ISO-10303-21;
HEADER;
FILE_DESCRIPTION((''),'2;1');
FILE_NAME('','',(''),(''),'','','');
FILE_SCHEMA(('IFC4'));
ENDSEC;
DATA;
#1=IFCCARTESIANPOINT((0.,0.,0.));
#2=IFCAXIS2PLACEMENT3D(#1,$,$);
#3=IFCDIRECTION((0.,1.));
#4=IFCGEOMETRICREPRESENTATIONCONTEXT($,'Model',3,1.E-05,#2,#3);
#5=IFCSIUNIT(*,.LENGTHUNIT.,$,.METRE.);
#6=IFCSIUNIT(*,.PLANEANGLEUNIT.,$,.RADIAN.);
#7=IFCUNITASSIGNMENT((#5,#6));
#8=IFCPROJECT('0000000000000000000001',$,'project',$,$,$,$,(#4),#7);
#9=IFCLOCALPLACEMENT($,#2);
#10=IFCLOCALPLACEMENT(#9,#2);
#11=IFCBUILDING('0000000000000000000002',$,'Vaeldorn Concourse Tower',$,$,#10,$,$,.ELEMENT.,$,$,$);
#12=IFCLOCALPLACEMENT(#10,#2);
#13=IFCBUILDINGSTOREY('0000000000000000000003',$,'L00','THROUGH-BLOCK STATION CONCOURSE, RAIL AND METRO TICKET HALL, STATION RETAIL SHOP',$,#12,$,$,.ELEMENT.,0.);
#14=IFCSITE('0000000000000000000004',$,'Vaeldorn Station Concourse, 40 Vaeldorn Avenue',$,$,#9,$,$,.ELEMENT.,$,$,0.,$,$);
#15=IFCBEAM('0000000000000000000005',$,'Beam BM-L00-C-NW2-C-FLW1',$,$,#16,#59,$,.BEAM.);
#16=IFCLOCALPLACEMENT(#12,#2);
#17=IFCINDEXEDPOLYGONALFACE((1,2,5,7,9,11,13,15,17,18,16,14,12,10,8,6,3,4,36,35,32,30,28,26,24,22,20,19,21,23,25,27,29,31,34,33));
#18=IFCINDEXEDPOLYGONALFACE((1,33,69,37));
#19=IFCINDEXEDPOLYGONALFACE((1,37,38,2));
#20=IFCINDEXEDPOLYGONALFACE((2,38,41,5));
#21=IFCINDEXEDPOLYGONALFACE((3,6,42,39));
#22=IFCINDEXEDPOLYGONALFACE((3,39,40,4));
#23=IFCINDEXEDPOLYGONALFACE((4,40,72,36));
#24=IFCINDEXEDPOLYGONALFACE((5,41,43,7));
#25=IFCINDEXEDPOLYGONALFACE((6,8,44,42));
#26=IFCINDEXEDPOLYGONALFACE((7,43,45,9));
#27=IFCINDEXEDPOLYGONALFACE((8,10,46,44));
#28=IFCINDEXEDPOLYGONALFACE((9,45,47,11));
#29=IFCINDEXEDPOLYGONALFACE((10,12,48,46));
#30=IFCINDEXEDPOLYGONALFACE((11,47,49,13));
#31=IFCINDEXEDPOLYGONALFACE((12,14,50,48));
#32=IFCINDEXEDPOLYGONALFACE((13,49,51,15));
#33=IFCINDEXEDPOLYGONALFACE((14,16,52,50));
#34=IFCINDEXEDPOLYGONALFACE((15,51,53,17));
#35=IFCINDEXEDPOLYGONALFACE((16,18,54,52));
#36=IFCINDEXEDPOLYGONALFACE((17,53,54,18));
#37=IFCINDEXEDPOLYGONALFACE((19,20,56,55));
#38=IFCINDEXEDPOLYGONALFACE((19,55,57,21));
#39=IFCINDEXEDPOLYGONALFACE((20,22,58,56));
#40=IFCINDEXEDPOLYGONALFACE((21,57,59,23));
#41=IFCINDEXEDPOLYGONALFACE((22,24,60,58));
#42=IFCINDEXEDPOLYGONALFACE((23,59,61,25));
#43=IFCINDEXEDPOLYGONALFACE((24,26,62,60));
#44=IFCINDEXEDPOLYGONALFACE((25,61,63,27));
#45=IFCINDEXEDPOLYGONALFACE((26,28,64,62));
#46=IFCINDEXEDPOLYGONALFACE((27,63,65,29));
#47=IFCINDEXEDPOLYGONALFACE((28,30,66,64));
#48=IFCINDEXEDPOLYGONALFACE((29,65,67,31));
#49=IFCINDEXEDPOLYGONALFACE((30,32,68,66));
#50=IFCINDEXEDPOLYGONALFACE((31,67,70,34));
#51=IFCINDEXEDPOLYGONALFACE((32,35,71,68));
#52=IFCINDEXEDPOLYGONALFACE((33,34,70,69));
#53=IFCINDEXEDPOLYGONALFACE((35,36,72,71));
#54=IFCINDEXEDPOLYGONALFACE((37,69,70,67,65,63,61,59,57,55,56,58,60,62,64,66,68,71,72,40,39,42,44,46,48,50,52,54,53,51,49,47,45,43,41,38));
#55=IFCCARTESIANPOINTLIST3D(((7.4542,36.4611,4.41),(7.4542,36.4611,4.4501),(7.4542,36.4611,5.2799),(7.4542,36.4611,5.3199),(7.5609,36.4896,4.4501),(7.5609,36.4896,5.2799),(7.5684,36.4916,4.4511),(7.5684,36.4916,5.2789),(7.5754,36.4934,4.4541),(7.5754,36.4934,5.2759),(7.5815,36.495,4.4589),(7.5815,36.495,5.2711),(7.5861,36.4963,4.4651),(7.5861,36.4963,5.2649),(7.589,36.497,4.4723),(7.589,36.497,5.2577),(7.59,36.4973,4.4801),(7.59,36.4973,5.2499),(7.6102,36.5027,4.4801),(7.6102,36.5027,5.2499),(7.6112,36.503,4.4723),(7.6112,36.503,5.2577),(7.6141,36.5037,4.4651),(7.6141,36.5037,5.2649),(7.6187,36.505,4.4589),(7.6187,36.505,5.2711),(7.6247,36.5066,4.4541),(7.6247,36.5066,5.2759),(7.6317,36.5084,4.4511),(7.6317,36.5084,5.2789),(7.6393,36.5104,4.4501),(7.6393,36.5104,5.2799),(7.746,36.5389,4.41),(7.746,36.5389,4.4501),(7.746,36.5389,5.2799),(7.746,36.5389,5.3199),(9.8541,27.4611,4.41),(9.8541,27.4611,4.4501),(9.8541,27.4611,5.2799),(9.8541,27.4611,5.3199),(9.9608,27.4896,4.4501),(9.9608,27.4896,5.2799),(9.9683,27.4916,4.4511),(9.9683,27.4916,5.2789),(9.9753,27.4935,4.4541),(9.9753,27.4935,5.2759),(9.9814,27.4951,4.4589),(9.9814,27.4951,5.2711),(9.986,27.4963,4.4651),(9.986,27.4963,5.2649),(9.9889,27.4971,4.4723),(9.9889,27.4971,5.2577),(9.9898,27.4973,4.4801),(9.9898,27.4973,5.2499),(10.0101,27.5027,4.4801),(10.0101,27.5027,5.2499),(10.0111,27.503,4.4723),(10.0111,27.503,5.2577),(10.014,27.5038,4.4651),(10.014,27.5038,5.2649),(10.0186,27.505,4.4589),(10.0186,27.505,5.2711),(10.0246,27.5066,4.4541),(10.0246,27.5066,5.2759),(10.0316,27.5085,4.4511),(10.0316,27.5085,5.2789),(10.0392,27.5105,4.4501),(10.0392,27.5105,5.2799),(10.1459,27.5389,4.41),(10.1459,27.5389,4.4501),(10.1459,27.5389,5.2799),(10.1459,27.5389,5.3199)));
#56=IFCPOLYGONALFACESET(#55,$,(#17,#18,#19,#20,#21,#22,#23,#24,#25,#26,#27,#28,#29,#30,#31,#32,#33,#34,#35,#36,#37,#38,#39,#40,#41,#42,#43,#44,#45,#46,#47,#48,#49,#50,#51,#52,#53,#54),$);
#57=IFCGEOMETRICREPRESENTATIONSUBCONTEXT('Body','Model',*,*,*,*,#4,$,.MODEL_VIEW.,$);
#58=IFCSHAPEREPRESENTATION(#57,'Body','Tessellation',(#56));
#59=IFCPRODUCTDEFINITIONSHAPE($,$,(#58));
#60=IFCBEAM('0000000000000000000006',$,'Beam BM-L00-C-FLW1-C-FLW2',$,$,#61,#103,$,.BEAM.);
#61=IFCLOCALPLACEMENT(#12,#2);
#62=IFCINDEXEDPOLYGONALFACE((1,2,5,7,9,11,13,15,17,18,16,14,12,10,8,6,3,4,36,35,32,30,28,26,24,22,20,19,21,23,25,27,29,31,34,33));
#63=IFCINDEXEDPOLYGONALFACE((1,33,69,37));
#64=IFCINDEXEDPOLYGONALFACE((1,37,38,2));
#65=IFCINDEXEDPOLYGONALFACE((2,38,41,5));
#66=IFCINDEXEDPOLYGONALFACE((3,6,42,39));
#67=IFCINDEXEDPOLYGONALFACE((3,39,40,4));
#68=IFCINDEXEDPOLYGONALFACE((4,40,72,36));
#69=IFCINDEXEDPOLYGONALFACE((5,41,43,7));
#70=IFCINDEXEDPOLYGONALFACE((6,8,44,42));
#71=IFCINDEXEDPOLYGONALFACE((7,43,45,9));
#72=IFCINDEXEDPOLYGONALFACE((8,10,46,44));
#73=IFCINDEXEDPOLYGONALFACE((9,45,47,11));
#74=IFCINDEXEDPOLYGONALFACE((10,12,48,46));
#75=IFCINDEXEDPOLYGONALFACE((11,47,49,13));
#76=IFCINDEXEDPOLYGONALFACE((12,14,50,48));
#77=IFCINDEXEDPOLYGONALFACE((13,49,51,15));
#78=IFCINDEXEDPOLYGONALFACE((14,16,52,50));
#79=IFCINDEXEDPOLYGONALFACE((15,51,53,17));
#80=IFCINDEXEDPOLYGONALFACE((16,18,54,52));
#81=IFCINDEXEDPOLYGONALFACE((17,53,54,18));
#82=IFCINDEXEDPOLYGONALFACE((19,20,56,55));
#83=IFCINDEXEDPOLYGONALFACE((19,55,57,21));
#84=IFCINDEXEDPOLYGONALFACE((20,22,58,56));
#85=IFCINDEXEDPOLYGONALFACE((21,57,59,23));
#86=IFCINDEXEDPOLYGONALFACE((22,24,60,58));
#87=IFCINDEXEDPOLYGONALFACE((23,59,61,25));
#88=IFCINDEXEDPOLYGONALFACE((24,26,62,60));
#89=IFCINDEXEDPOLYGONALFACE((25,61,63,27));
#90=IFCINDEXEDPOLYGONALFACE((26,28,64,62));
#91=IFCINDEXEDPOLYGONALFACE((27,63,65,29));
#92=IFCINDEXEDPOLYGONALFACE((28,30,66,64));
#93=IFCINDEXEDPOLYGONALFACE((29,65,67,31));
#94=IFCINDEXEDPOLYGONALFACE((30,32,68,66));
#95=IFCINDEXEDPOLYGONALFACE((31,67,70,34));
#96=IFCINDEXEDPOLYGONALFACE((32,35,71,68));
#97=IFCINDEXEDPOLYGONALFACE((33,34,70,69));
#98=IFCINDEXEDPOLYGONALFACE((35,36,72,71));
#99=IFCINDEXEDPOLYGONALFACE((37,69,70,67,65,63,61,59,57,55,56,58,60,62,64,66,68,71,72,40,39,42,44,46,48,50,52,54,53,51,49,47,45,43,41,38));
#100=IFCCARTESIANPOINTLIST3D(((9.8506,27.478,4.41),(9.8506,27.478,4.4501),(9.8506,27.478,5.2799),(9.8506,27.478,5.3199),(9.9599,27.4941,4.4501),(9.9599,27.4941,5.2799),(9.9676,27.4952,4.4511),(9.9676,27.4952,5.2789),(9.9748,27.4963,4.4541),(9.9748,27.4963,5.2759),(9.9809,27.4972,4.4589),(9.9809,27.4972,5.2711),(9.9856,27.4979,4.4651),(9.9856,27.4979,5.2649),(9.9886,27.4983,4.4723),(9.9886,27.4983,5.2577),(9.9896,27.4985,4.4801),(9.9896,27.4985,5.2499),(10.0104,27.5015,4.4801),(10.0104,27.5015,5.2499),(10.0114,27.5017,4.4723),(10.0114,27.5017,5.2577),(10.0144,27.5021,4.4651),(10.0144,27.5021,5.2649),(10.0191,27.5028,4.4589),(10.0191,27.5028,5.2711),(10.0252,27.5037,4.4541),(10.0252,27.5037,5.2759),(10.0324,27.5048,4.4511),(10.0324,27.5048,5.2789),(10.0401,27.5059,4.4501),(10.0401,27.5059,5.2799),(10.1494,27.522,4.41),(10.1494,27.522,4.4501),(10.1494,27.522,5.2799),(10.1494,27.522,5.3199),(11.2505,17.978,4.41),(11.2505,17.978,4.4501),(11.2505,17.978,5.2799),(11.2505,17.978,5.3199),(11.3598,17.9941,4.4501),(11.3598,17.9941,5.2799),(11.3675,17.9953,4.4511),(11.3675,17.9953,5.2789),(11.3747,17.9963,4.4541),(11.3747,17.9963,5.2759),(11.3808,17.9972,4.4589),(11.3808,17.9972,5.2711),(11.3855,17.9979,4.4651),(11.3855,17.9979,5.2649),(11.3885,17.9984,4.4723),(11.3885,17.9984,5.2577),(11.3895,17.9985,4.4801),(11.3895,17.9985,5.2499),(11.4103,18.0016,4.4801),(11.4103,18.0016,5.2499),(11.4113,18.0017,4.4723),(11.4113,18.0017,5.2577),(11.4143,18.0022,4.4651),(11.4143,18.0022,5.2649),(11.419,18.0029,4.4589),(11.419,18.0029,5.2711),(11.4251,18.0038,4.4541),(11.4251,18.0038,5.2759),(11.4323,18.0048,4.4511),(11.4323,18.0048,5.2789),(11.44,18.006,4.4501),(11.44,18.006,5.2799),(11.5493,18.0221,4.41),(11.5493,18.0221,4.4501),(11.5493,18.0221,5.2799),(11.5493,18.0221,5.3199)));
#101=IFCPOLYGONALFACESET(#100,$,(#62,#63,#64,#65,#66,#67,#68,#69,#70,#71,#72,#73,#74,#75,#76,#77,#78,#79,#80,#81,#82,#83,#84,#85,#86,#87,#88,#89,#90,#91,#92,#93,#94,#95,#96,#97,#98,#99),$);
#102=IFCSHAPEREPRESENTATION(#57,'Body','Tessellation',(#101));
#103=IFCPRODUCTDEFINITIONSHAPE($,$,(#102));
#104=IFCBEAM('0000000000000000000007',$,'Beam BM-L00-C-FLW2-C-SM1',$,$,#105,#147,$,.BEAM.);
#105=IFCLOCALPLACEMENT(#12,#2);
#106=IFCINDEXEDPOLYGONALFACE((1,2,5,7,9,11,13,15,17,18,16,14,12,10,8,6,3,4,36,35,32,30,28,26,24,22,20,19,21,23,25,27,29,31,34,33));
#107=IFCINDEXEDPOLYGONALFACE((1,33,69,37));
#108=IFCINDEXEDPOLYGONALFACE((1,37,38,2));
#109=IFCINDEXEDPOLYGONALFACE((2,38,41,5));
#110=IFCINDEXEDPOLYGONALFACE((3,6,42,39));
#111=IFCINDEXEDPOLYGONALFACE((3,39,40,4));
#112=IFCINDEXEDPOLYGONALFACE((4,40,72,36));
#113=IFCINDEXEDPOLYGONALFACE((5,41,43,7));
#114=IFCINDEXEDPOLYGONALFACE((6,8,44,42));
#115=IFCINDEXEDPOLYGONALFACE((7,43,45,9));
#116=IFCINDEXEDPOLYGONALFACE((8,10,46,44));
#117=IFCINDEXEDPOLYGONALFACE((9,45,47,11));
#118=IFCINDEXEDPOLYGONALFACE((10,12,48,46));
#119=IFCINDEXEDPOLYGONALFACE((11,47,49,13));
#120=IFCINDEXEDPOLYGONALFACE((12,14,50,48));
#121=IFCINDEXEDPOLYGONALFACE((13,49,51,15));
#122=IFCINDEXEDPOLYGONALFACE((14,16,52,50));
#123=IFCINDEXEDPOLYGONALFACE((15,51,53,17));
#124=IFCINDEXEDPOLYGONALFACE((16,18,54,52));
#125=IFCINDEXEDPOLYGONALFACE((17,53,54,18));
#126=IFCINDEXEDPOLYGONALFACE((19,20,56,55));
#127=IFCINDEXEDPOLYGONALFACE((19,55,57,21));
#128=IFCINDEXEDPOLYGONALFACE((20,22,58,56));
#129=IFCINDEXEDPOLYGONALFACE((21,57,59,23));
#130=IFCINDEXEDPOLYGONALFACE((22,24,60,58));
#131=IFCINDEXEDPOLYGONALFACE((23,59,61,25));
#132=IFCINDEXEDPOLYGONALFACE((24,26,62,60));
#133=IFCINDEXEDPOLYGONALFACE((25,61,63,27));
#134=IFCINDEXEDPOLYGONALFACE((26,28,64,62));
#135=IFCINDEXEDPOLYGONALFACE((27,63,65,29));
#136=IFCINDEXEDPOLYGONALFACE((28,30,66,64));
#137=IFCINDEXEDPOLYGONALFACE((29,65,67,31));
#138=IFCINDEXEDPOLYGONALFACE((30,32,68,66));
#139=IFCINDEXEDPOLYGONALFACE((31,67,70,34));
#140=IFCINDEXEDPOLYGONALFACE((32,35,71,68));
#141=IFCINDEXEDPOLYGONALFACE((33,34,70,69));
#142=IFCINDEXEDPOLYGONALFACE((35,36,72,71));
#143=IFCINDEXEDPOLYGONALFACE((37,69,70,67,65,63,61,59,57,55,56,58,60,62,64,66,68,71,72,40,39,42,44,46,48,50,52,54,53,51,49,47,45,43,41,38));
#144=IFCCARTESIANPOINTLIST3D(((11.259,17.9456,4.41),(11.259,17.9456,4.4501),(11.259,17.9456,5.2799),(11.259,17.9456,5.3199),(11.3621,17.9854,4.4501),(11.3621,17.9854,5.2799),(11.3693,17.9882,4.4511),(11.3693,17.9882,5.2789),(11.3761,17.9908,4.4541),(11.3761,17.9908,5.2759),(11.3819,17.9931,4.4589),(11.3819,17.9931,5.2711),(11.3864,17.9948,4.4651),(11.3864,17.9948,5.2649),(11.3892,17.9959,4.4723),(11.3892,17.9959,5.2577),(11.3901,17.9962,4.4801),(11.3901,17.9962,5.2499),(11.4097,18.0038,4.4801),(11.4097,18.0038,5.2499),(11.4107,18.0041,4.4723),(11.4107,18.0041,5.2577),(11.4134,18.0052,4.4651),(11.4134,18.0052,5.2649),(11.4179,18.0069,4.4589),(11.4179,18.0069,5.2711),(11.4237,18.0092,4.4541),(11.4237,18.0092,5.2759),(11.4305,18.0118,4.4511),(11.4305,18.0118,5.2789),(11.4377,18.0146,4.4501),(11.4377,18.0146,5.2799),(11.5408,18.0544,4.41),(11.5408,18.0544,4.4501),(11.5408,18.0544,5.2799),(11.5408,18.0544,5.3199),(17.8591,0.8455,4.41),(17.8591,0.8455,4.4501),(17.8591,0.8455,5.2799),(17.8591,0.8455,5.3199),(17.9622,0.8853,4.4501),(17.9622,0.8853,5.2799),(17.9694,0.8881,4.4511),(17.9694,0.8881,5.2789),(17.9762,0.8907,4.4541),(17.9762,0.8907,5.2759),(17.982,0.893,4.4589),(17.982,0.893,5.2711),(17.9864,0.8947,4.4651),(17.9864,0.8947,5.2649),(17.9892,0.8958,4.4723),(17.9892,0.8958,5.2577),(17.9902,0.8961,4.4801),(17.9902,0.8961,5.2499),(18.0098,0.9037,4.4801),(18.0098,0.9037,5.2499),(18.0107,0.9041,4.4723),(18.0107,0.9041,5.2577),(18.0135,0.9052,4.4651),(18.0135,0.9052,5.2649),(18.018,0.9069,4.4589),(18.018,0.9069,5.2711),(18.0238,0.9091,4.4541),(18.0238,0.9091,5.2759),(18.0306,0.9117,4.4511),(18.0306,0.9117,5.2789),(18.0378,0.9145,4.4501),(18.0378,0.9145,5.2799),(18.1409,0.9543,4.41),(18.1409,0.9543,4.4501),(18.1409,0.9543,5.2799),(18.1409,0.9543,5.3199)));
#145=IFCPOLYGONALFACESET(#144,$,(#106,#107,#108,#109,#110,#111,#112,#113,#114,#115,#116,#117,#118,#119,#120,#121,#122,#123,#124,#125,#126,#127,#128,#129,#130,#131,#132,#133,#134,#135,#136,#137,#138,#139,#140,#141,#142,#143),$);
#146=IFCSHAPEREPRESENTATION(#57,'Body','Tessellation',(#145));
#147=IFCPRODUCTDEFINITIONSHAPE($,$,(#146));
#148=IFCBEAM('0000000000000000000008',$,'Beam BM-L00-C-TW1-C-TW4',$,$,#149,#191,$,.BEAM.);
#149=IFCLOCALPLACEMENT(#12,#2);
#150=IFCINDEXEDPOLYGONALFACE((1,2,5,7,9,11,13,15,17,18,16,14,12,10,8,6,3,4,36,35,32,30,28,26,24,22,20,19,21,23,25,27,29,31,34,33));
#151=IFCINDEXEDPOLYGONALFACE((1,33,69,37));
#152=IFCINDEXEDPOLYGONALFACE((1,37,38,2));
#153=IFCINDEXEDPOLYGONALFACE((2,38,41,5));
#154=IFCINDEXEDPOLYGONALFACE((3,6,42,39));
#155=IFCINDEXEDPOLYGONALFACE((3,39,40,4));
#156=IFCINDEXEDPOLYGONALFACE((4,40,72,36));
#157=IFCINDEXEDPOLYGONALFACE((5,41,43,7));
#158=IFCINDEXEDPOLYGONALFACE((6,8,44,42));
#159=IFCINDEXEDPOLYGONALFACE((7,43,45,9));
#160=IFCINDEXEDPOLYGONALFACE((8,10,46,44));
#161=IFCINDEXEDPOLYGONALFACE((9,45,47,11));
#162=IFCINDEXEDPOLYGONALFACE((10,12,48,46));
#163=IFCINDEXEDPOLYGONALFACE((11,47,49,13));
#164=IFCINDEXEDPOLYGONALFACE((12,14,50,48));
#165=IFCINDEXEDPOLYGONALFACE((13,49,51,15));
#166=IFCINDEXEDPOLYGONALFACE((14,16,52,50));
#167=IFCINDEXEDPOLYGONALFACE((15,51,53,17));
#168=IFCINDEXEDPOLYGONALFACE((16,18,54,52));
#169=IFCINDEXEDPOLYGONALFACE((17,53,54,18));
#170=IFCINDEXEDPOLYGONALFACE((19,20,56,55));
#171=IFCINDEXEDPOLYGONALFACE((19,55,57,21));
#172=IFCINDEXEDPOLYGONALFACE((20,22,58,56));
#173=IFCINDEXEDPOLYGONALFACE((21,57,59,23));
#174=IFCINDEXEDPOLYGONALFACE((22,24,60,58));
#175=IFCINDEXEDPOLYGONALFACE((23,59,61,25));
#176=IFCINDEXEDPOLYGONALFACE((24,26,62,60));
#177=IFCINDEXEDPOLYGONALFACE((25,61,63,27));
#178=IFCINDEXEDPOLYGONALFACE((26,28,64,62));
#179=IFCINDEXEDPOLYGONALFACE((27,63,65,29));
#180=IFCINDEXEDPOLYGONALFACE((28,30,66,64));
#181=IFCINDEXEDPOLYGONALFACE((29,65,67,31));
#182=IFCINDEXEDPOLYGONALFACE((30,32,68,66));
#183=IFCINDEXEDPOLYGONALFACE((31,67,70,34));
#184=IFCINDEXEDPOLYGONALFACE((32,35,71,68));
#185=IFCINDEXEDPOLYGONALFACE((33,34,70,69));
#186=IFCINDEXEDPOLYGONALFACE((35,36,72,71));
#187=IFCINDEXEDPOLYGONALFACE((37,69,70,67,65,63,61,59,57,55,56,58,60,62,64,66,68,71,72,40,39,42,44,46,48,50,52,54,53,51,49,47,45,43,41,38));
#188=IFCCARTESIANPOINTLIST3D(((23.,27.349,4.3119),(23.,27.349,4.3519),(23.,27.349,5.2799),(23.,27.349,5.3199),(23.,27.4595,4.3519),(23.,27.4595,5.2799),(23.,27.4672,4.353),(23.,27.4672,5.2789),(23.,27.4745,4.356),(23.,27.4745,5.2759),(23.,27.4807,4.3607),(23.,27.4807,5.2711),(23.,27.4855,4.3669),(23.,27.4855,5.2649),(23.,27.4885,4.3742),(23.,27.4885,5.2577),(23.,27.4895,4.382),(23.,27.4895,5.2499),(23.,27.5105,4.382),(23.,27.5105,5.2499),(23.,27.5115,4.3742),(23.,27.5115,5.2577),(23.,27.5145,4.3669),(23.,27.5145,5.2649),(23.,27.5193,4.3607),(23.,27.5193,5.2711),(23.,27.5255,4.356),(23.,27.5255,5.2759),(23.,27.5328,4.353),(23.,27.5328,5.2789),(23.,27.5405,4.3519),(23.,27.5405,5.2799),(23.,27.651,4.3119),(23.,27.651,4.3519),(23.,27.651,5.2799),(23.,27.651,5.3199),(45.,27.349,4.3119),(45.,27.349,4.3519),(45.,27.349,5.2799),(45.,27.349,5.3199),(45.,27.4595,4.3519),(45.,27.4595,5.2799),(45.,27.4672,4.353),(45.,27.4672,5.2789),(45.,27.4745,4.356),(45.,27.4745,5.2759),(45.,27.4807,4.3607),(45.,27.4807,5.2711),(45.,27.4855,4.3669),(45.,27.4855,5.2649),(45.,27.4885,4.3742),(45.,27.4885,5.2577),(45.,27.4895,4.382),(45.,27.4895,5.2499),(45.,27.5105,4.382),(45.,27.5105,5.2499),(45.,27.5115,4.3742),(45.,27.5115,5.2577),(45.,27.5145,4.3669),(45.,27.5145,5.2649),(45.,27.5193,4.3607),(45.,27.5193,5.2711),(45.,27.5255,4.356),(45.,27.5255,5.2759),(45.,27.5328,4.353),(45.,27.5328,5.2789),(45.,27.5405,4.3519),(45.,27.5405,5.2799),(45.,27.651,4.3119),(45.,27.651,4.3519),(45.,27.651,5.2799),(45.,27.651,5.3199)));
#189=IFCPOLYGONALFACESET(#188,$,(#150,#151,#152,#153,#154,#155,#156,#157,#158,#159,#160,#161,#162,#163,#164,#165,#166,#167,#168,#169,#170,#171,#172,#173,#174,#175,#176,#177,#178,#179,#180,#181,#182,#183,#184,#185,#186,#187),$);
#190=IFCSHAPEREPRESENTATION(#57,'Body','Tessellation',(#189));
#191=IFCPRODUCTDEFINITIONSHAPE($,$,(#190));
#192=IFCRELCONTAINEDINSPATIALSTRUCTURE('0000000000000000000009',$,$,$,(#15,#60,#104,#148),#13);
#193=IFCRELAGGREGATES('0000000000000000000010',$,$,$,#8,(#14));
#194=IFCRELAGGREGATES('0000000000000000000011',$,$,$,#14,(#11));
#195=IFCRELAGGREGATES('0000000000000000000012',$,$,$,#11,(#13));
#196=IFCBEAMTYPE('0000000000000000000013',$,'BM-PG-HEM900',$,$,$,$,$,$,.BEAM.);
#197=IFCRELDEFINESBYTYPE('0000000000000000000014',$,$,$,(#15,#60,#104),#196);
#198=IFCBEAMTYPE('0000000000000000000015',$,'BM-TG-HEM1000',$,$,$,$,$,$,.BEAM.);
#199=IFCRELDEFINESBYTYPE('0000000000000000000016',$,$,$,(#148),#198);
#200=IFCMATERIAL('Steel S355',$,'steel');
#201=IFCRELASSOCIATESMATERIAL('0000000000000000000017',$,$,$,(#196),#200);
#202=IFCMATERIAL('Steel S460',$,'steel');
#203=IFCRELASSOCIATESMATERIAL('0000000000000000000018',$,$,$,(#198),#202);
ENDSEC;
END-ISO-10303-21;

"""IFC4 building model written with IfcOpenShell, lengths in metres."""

from ifc_helpers import new_model, si_unit, direction, frame, origin, origin_2d, place, context, subcontext, project, spatial, i_section, extrude, source, transform, mapped, material, material_profile, profile_set, type_object, element, save


model = new_model("IFC4")

# Units and contexts
model_context = context("Model", 3, precision=1e-05, world=origin(), true_north=direction((0.0, 1.0)))
body_context = subcontext(model_context, "Body", "Model", "MODEL_VIEW")
ifc_project = project(units=[si_unit("LENGTHUNIT", "METRE"), si_unit("PLANEANGLEUNIT", "RADIAN")], contexts=[model_context])

# Site, building, storey
site_placement = place(None, origin())
site = spatial("IfcSite", under=ifc_project, at=site_placement, Name="Vaeldorn Station Concourse, 40 Vaeldorn Avenue", CompositionType="ELEMENT", RefElevation=0.0)
building_placement = place(site_placement, origin())
building = spatial("IfcBuilding", under=site, at=building_placement, Name="Vaeldorn Concourse Tower", CompositionType="ELEMENT")
storey_placement = place(building_placement, origin())
storey = spatial("IfcBuildingStorey", under=building, at=storey_placement, Name="L00", Description="THROUGH-BLOCK STATION CONCOURSE, RAIL AND METRO TICKET HALL, STATION RETAIL SHOP", CompositionType="ELEMENT", Elevation=0.0)

# Shared definitions
ifc_material_1 = material(Name="Steel S460", Category="steel")

# Beams
ifc_material_2 = material(Name="Steel S355", Category="steel")
ifc_material_profile_1 = material_profile(ifc_material_2, i_section(OverallWidth=0.302, OverallDepth=0.9099, WebThickness=0.021, FlangeThickness=0.04, FilletRadius=0.03, at=origin_2d()), Name="HEM 900")
ifc_profile_set_1 = profile_set([ifc_material_profile_1], Name="Steel S355")
beam_type_1 = type_object("IfcBeamType", Name="BM-PG-HEM900", PredefinedType="BEAM", material=ifc_profile_set_1)
shared_shape_1 = source(origin(), body_context, "Body", "SweptSolid", [
    extrude(i_section(OverallWidth=0.302, OverallDepth=0.9099, WebThickness=0.021, FlangeThickness=0.04, FilletRadius=0.03, at=origin_2d()), origin(), (0.0, 0.0, 1.0), 9.3145),
])
beam_1_placement = place(storey_placement, frame((7.6001, 36.5, 4.865), z_axis=(0.257653, -0.966238, 0.0), x_axis=(0.966238, 0.257653, 0.0)))
element("IfcBeam", 1, at=beam_1_placement, inside=storey, type_object=beam_type_1, Name="Beam BM-L00-C-NW2-C-FLW1", PredefinedType="BEAM", context=body_context, shape_type="MappedRepresentation", body=[
    mapped(shared_shape_1, transform((0.0, 0.0, 0.0), scale=1.0)),
])
shared_shape_2 = source(origin(), body_context, "Body", "SweptSolid", [
    extrude(i_section(OverallWidth=0.302, OverallDepth=0.9099, WebThickness=0.021, FlangeThickness=0.04, FilletRadius=0.03, at=origin_2d()), origin(), (0.0, 0.0, 1.0), 9.6025),
])
beam_2_placement = place(storey_placement, frame((10.0, 27.5, 4.865), z_axis=(0.145784, -0.989316, 0.0), x_axis=(0.989316, 0.145784, 0.0)))
element("IfcBeam", 2, at=beam_2_placement, inside=storey, type_object=beam_type_1, Name="Beam BM-L00-C-FLW1-C-FLW2", PredefinedType="BEAM", context=body_context, shape_type="MappedRepresentation", body=[
    mapped(shared_shape_2, transform((0.0, 0.0, 0.0), scale=1.0)),
])
shared_shape_3 = source(origin(), body_context, "Body", "SweptSolid", [
    extrude(i_section(OverallWidth=0.302, OverallDepth=0.9099, WebThickness=0.021, FlangeThickness=0.04, FilletRadius=0.03, at=origin_2d()), origin(), (0.0, 0.0, 1.0), 18.3296),
])
beam_3_placement = place(storey_placement, frame((11.3999, 18.0, 4.865), z_axis=(0.360078, -0.932922, 0.0), x_axis=(0.932922, 0.360078, 0.0)))
element("IfcBeam", 3, at=beam_3_placement, inside=storey, type_object=beam_type_1, Name="Beam BM-L00-C-FLW2-C-SM1", PredefinedType="BEAM", context=body_context, shape_type="MappedRepresentation", body=[
    mapped(shared_shape_3, transform((0.0, 0.0, 0.0), scale=1.0)),
])
ifc_material_profile_2 = material_profile(ifc_material_1, i_section(OverallWidth=0.302, OverallDepth=1.0081, WebThickness=0.021, FlangeThickness=0.04, FilletRadius=0.03, at=origin_2d()), Name="HEM 1000")
ifc_profile_set_2 = profile_set([ifc_material_profile_2], Name="Steel S460")
beam_type_2 = type_object("IfcBeamType", Name="BM-TG-HEM1000", PredefinedType="BEAM", material=ifc_profile_set_2)
shared_shape_4 = source(origin(), body_context, "Body", "SweptSolid", [
    extrude(i_section(OverallWidth=0.302, OverallDepth=1.0081, WebThickness=0.021, FlangeThickness=0.04, FilletRadius=0.03, at=origin_2d()), origin(), (0.0, 0.0, 1.0), 22.0),
])
beam_4_placement = place(storey_placement, frame((23.0, 27.5, 4.8159), z_axis=(1.0, 0.0, 0.0), x_axis=(0.0, 1.0, 0.0)))
element("IfcBeam", 4, at=beam_4_placement, inside=storey, type_object=beam_type_2, Name="Beam BM-L00-C-TW1-C-TW4", PredefinedType="BEAM", context=body_context, shape_type="MappedRepresentation", body=[
    mapped(shared_shape_4, transform((0.0, 0.0, 0.0), scale=1.0)),
])

save(model, "model.ifc")
